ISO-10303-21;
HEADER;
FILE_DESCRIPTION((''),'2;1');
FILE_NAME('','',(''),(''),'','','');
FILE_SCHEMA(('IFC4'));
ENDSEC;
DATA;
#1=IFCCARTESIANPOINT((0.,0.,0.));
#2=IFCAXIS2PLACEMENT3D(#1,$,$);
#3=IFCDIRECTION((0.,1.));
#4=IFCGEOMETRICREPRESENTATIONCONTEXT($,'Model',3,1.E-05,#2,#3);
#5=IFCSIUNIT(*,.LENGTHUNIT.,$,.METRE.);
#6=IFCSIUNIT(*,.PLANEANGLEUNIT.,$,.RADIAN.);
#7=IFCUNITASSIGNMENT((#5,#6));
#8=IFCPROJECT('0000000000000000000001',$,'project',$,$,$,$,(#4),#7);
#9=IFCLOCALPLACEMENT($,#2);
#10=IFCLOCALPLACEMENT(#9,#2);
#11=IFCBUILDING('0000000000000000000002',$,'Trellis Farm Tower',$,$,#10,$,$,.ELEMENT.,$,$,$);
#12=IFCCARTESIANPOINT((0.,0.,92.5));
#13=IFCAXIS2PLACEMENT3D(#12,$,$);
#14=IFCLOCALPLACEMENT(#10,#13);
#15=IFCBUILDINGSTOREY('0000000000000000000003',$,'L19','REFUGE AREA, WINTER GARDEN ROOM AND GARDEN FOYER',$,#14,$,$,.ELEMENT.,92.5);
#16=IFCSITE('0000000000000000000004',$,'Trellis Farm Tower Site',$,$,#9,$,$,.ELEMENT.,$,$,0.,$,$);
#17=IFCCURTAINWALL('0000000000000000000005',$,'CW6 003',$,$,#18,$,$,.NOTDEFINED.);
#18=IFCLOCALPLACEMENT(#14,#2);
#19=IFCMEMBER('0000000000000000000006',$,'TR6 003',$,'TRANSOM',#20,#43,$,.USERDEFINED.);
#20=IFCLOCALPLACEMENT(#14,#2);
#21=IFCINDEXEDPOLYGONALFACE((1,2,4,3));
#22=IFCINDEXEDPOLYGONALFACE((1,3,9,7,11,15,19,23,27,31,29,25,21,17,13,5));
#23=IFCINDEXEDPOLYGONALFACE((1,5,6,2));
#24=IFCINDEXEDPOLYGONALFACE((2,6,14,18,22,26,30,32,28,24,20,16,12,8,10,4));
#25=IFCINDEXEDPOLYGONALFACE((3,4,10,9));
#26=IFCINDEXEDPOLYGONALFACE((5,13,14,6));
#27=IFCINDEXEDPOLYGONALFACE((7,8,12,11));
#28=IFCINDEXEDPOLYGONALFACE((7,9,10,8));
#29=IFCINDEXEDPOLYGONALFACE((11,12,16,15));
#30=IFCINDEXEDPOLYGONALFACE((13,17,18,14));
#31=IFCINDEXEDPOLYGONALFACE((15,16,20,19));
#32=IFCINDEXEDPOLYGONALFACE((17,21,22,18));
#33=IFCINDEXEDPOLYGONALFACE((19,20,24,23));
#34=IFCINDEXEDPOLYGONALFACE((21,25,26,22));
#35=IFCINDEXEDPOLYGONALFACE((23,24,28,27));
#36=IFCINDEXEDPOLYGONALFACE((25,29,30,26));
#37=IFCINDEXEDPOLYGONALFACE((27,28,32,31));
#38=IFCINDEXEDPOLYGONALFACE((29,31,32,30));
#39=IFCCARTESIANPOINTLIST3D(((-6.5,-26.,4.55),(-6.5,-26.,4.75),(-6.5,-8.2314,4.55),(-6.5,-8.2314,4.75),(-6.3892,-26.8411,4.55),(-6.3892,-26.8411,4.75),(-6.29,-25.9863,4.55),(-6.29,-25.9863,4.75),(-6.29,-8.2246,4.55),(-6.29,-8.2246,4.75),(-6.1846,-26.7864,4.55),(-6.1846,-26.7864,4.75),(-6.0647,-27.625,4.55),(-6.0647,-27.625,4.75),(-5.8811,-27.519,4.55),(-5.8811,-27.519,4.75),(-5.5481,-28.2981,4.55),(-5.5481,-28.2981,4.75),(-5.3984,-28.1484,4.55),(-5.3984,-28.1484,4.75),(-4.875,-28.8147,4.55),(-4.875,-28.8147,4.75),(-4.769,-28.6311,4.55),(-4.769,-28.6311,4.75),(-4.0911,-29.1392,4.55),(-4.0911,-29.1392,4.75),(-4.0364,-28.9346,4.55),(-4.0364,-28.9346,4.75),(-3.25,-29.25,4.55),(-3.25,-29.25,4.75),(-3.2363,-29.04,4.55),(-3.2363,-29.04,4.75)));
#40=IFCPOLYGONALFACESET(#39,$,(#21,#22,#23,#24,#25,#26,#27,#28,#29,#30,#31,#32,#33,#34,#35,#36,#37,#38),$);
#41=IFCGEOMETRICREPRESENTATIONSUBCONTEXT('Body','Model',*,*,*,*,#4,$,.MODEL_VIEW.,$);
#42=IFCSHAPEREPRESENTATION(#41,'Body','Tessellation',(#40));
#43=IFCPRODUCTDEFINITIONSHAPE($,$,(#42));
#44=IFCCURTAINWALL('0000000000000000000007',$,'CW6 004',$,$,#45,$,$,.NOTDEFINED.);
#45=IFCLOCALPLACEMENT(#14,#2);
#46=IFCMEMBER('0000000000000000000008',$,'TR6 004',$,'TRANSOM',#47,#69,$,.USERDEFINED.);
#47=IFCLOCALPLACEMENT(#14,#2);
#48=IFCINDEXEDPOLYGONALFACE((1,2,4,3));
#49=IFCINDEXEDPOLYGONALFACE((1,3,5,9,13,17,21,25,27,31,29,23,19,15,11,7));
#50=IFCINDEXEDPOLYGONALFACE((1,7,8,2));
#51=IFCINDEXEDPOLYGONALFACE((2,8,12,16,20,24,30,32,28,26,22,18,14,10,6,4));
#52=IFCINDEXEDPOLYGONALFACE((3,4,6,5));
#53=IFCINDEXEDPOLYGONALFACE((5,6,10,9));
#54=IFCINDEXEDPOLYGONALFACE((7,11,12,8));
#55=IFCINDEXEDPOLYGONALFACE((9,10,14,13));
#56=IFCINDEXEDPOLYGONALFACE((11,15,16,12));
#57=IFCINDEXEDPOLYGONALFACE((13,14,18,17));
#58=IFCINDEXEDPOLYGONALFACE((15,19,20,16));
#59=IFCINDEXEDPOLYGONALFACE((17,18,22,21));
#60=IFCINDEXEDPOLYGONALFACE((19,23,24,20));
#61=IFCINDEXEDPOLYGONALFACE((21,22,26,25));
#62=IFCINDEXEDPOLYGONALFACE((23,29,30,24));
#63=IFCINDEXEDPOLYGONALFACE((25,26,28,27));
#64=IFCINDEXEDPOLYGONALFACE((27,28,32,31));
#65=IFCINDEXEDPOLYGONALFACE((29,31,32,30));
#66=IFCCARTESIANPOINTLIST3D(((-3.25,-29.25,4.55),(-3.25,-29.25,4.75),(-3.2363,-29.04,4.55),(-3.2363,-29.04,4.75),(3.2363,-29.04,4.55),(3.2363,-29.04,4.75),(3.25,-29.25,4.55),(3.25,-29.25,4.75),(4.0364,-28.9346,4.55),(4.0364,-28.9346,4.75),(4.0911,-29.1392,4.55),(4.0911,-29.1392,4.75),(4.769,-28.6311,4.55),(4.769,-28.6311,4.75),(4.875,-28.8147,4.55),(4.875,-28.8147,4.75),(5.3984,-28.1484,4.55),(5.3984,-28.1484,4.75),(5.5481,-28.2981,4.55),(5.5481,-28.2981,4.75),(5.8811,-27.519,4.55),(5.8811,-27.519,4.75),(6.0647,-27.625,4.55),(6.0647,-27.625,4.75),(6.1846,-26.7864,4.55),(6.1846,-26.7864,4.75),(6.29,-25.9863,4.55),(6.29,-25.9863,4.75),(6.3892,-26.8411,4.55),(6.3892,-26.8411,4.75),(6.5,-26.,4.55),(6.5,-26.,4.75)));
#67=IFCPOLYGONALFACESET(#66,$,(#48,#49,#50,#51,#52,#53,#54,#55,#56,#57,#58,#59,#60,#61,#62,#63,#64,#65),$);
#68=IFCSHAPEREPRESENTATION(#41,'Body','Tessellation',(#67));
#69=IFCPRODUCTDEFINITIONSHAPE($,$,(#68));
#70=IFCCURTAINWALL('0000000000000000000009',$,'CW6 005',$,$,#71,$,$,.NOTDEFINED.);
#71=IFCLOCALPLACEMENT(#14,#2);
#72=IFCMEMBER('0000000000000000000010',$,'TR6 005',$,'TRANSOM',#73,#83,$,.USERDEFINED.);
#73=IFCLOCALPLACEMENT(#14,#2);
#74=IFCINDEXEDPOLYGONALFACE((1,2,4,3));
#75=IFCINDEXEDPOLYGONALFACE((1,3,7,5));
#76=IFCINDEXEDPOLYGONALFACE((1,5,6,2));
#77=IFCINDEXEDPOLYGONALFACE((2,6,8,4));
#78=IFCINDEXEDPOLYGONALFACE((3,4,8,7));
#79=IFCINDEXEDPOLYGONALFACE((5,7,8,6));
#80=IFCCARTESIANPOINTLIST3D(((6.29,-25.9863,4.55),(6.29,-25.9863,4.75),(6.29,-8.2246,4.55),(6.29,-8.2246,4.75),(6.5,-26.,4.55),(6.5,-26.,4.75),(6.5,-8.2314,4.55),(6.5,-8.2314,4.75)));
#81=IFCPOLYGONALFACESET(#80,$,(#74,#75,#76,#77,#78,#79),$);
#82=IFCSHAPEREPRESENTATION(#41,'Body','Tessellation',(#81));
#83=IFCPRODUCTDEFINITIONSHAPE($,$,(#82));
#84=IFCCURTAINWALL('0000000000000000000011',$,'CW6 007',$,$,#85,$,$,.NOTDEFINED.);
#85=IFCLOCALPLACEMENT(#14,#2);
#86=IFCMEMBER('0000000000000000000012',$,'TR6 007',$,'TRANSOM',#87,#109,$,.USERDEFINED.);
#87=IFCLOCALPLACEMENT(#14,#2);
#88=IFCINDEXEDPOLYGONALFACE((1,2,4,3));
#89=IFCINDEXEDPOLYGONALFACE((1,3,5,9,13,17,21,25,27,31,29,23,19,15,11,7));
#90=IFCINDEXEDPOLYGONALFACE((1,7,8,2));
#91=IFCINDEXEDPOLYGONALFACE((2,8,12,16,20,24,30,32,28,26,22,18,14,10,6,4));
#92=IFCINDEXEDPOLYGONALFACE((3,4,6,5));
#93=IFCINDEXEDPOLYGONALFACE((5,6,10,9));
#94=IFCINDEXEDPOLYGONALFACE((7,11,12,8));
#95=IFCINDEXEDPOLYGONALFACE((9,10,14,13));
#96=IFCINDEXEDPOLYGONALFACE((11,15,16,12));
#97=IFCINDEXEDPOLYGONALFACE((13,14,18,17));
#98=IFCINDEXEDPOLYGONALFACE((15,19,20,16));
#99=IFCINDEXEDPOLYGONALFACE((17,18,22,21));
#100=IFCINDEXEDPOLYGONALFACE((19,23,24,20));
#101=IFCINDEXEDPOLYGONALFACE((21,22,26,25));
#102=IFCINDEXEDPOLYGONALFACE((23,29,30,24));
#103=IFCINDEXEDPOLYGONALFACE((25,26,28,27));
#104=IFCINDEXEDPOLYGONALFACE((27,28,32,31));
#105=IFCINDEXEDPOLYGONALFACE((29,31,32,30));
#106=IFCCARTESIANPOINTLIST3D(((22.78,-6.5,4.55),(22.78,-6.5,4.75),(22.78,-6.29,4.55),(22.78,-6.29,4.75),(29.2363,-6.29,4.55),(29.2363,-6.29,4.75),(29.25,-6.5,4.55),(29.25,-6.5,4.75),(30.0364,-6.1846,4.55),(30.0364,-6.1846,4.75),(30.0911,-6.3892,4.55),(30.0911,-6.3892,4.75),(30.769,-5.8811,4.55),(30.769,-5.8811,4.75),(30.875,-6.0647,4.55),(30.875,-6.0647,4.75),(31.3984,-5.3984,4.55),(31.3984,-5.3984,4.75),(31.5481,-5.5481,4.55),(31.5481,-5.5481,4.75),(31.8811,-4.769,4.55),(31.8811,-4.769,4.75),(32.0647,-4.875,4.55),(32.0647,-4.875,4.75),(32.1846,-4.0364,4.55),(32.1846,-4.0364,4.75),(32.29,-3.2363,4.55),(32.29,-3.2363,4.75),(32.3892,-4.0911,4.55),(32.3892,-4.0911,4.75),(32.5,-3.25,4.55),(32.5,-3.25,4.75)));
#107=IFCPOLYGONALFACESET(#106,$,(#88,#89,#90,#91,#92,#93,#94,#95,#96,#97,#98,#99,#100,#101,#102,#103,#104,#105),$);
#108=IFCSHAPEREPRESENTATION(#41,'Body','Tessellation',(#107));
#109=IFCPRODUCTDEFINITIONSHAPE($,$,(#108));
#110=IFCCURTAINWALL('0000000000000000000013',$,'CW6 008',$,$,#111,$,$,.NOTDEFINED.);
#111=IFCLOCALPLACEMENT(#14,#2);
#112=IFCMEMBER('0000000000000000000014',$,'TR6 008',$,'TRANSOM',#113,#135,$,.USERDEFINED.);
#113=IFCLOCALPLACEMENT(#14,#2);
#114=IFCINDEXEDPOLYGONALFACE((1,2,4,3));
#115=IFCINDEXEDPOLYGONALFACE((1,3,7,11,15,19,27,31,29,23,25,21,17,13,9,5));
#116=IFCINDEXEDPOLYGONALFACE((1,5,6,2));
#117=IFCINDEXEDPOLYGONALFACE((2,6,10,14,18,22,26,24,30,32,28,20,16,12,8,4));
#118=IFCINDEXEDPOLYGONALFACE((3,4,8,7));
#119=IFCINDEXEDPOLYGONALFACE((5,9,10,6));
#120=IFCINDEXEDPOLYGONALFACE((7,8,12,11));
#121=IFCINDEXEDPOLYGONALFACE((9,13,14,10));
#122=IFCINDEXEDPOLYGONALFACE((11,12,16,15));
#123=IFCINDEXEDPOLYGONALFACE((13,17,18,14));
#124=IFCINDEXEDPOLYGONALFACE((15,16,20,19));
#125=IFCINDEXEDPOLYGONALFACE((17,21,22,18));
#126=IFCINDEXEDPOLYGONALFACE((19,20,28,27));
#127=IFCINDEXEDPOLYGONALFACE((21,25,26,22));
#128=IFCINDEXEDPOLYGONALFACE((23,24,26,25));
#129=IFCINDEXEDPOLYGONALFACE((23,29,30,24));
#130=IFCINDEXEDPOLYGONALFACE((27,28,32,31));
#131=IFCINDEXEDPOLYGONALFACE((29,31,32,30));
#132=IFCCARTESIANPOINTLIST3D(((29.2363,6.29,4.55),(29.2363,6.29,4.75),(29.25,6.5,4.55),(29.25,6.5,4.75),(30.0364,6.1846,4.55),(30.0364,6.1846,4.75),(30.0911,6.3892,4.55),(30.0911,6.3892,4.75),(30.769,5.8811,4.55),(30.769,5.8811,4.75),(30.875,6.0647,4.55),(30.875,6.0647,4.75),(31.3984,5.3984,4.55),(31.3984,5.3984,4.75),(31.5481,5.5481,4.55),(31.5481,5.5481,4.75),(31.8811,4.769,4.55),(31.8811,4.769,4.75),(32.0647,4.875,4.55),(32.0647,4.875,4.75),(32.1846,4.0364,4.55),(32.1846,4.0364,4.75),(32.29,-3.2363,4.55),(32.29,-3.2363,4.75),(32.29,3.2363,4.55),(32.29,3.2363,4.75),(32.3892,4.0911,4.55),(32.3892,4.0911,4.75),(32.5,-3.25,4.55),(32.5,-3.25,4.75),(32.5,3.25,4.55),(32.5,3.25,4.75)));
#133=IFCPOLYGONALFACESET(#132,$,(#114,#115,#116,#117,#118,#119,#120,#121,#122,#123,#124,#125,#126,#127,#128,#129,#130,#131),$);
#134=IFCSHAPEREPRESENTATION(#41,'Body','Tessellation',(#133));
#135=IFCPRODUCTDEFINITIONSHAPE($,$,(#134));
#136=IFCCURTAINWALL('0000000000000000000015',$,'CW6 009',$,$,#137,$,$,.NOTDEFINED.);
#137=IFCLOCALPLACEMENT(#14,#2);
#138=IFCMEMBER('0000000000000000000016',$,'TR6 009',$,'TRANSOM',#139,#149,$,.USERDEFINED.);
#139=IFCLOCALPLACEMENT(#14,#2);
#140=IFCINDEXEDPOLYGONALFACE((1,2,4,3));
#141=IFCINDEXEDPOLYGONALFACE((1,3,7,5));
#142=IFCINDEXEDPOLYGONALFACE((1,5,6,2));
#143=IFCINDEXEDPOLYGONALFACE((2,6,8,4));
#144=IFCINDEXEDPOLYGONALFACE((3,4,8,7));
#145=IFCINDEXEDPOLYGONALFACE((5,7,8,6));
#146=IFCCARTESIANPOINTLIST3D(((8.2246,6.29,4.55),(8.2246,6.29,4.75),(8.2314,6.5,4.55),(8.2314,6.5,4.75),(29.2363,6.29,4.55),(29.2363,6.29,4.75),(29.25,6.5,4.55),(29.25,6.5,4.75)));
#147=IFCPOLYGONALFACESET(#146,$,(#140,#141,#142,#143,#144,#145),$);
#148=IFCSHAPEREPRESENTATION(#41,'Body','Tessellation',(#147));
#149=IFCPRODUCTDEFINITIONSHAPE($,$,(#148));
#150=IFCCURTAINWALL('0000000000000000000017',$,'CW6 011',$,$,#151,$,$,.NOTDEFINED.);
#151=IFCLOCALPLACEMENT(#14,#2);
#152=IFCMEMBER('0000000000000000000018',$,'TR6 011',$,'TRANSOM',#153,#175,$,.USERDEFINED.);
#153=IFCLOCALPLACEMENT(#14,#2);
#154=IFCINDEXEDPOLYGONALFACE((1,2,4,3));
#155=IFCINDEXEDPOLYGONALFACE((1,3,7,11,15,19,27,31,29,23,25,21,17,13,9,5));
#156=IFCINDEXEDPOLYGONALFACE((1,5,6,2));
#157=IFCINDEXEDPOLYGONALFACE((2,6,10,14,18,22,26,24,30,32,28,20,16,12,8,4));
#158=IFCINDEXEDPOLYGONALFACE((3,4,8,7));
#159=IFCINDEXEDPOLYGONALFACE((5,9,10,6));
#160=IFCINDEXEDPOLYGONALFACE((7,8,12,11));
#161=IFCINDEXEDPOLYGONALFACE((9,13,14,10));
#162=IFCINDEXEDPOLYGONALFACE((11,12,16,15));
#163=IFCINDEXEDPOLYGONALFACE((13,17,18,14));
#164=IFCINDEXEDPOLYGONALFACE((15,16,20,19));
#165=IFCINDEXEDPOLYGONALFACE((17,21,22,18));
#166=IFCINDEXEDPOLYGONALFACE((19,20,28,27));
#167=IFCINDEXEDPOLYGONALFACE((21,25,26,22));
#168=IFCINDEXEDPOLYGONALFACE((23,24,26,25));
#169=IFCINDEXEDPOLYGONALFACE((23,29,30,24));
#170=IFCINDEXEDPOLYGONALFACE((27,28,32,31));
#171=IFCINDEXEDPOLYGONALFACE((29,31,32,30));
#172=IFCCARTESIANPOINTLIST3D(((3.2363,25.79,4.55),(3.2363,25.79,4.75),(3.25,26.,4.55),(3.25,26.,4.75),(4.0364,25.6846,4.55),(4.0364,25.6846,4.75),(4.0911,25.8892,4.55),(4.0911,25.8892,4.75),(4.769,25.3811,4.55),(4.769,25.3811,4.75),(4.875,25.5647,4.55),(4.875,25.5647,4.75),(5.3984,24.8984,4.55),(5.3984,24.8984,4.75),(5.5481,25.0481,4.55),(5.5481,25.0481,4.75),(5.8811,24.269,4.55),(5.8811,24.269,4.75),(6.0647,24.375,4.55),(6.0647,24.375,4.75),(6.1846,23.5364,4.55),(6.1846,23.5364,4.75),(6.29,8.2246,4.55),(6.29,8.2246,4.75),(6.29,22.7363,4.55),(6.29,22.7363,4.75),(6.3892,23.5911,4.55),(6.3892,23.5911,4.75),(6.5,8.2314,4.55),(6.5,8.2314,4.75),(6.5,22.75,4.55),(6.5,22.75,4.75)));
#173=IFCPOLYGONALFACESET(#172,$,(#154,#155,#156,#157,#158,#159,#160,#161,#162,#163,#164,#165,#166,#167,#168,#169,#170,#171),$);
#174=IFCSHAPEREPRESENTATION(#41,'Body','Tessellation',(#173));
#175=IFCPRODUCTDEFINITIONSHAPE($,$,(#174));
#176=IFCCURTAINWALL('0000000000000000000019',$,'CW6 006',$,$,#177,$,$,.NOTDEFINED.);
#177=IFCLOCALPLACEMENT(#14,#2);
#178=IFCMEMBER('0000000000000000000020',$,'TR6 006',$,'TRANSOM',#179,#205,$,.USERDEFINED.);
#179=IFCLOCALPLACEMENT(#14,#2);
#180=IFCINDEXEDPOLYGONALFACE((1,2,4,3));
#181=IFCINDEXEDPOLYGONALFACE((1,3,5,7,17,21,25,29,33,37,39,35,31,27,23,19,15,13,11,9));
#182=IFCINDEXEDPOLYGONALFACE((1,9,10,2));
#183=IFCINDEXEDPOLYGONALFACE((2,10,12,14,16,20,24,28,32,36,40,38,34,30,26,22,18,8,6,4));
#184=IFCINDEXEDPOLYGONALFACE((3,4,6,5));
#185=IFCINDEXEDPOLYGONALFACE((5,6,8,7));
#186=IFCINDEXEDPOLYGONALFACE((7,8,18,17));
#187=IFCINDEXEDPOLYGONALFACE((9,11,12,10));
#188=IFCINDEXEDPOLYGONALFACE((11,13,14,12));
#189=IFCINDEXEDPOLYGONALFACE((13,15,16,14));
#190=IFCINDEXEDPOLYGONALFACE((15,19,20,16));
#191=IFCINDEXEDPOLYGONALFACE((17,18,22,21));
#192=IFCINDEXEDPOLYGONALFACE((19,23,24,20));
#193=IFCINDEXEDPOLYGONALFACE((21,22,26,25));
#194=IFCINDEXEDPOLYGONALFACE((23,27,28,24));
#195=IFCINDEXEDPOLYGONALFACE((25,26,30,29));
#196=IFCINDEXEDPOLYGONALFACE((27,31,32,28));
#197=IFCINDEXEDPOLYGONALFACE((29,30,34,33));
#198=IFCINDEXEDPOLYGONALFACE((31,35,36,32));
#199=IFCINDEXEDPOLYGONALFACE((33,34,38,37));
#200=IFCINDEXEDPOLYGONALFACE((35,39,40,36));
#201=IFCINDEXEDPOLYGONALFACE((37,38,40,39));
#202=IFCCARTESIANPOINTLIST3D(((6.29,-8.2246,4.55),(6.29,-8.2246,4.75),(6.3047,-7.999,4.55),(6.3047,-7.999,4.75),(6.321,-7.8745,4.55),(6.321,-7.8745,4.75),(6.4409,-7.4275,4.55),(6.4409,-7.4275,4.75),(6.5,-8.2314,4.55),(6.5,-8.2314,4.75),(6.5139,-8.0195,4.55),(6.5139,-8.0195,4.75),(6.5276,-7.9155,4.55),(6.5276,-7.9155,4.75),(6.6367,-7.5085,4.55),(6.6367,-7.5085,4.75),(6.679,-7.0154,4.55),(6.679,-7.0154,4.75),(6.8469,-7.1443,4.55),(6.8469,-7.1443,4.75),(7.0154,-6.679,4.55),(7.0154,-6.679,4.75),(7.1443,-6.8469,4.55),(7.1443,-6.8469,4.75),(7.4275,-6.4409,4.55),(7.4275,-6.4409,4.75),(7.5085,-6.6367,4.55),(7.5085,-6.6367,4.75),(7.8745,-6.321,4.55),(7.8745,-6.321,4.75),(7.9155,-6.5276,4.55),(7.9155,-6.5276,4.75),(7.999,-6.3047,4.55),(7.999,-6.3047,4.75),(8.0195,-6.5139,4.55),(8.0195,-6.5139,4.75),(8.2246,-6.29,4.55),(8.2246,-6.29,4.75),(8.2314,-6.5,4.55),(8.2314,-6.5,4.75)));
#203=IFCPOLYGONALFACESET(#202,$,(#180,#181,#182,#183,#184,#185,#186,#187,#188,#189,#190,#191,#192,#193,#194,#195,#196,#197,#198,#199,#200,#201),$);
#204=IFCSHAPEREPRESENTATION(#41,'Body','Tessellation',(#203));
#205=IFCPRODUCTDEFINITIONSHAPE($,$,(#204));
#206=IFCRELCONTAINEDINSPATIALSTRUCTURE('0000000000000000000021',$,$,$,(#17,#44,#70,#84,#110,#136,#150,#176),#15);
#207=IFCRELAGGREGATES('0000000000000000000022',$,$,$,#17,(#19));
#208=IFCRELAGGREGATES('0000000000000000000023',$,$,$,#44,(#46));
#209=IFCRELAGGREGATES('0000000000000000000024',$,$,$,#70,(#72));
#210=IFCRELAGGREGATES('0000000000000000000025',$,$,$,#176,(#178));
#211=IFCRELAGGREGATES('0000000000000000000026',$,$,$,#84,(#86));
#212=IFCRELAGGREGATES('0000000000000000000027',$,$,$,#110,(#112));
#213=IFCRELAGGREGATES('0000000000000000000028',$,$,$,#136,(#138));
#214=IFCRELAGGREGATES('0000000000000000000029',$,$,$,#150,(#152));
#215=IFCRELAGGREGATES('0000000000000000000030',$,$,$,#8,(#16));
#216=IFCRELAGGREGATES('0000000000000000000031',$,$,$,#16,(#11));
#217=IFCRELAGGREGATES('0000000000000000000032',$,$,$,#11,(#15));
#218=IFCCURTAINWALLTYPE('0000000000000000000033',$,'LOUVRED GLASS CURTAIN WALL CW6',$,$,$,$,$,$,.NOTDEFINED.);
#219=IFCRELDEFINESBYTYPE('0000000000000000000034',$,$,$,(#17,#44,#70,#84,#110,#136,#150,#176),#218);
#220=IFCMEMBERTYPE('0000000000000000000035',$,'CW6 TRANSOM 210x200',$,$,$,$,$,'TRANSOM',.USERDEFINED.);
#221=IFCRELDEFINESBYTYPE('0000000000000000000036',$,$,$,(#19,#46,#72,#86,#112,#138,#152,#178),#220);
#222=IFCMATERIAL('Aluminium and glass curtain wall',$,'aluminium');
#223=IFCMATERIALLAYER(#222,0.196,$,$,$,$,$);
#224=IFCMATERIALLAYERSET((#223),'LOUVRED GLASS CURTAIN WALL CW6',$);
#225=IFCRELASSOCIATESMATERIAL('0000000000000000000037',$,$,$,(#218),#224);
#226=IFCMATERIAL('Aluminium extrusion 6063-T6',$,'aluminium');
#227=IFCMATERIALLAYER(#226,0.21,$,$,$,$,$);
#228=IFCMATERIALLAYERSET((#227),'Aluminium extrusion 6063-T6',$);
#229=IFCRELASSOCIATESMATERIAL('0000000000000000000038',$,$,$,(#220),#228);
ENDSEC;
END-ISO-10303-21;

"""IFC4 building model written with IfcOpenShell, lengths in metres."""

from ifc_helpers import new_model, si_unit, direction, frame, origin, place, context, subcontext, project, spatial, polyline, outline, extrude, source, transform, mapped, material, layer, layer_set, type_object, element, aggregate, save


model = new_model("IFC4")

# Units and contexts
model_context = context("Model", 3, precision=1e-05, world=origin(), true_north=direction((0.0, 1.0)))
body_context = subcontext(model_context, "Body", "Model", "MODEL_VIEW")
ifc_project = project(units=[si_unit("LENGTHUNIT", "METRE"), si_unit("PLANEANGLEUNIT", "RADIAN")], contexts=[model_context])

# Site, building, storey
site_placement = place(None, origin())
site = spatial("IfcSite", under=ifc_project, at=site_placement, Name="Trellis Farm Tower Site", CompositionType="ELEMENT", RefElevation=0.0)
building_placement = place(site_placement, origin())
building = spatial("IfcBuilding", under=site, at=building_placement, Name="Trellis Farm Tower", CompositionType="ELEMENT")
storey_placement = place(building_placement, frame((0.0, 0.0, 92.5)))
storey = spatial("IfcBuildingStorey", under=building, at=storey_placement, Name="L19", Description="REFUGE AREA, WINTER GARDEN ROOM AND GARDEN FOYER", CompositionType="ELEMENT", Elevation=92.5)

# Curtain walls, members
ifc_material_1 = material(Name="Aluminium and glass curtain wall", Category="aluminium")
ifc_layer_1 = layer(ifc_material_1, 0.196)
ifc_layer_set_1 = layer_set([ifc_layer_1], Name="LOUVRED GLASS CURTAIN WALL CW6")
curtain_wall_type = type_object("IfcCurtainWallType", Name="LOUVRED GLASS CURTAIN WALL CW6", PredefinedType="NOTDEFINED", material=ifc_layer_set_1)
placement_1 = place(storey_placement, origin())
curtain_wall_1 = element("IfcCurtainWall", 1, at=placement_1, inside=storey, type_object=curtain_wall_type, Name="CW6 003", PredefinedType="NOTDEFINED")
ifc_material_2 = material(Name="Aluminium extrusion 6063-T6", Category="aluminium")
ifc_layer_2 = layer(ifc_material_2, 0.21)
ifc_layer_set_2 = layer_set([ifc_layer_2], Name="Aluminium extrusion 6063-T6")
member_type = type_object("IfcMemberType", Name="CW6 TRANSOM 210x200", ElementType="TRANSOM", PredefinedType="USERDEFINED", material=ifc_layer_set_2)
placement_2 = place(storey_placement, frame((0.0, 0.0, 4.55)))
member_1 = element("IfcMember", 2, at=placement_2, type_object=member_type, Name="TR6 003", ObjectType="TRANSOM", PredefinedType="USERDEFINED", context=body_context, shape_type="SweptSolid", body=[
    extrude(outline(polyline([(-6.5, -8.2314), (-6.5, -26.0), (-6.3892, -26.8411), (-6.0647, -27.625), (-5.5481, -28.2981), (-4.875, -28.8147), (-4.0911, -29.1392), (-3.25, -29.25), (-3.2363, -29.04), (-4.0364, -28.9346), (-4.769, -28.6311), (-5.3984, -28.1484), (-5.8811, -27.519), (-6.1846, -26.7864), (-6.29, -25.9863), (-6.29, -8.2246), (-6.5, -8.2314)])), origin(), (0.0, 0.0, 1.0), 0.2),
])
curtain_wall_2 = element("IfcCurtainWall", 3, at=placement_1, inside=storey, type_object=curtain_wall_type, Name="CW6 004", PredefinedType="NOTDEFINED")
member_2 = element("IfcMember", 4, at=placement_2, type_object=member_type, Name="TR6 004", ObjectType="TRANSOM", PredefinedType="USERDEFINED", context=body_context, shape_type="SweptSolid", body=[
    extrude(outline(polyline([(-3.25, -29.25), (3.25, -29.25), (4.0911, -29.1392), (4.875, -28.8147), (5.5481, -28.2981), (6.0647, -27.625), (6.3892, -26.8411), (6.5, -26.0), (6.29, -25.9863), (6.1846, -26.7864), (5.8811, -27.519), (5.3984, -28.1484), (4.769, -28.6311), (4.0364, -28.9346), (3.2363, -29.04), (-3.2363, -29.04), (-3.25, -29.25)])), origin(), (0.0, 0.0, 1.0), 0.2),
])
curtain_wall_3 = element("IfcCurtainWall", 5, at=placement_1, inside=storey, type_object=curtain_wall_type, Name="CW6 005", PredefinedType="NOTDEFINED")
member_3 = element("IfcMember", 6, at=placement_2, type_object=member_type, Name="TR6 005", ObjectType="TRANSOM", PredefinedType="USERDEFINED", context=body_context, shape_type="SweptSolid", body=[
    extrude(outline(polyline([(6.5, -26.0), (6.5, -8.2314), (6.29, -8.2246), (6.29, -25.9863), (6.5, -26.0)])), origin(), (0.0, 0.0, 1.0), 0.2),
])
curtain_wall_4 = element("IfcCurtainWall", 7, at=placement_1, inside=storey, type_object=curtain_wall_type, Name="CW6 007", PredefinedType="NOTDEFINED")
member_4 = element("IfcMember", 8, at=placement_2, type_object=member_type, Name="TR6 007", ObjectType="TRANSOM", PredefinedType="USERDEFINED", context=body_context, shape_type="SweptSolid", body=[
    extrude(outline(polyline([(22.78, -6.5), (29.25, -6.5), (30.0911, -6.3892), (30.875, -6.0647), (31.5481, -5.5481), (32.0647, -4.875), (32.3892, -4.0911), (32.5, -3.25), (32.29, -3.2363), (32.1846, -4.0364), (31.8811, -4.769), (31.3984, -5.3984), (30.769, -5.8811), (30.0364, -6.1846), (29.2363, -6.29), (22.78, -6.29), (22.78, -6.5)])), origin(), (0.0, 0.0, 1.0), 0.2),
])
curtain_wall_5 = element("IfcCurtainWall", 9, at=placement_1, inside=storey, type_object=curtain_wall_type, Name="CW6 008", PredefinedType="NOTDEFINED")
member_5 = element("IfcMember", 10, at=placement_2, type_object=member_type, Name="TR6 008", ObjectType="TRANSOM", PredefinedType="USERDEFINED", context=body_context, shape_type="SweptSolid", body=[
    extrude(outline(polyline([(32.5, -3.25), (32.5, 3.25), (32.3892, 4.0911), (32.0647, 4.875), (31.5481, 5.5481), (30.875, 6.0647), (30.0911, 6.3892), (29.25, 6.5), (29.2363, 6.29), (30.0364, 6.1846), (30.769, 5.8811), (31.3984, 5.3984), (31.8811, 4.769), (32.1846, 4.0364), (32.29, 3.2363), (32.29, -3.2363), (32.5, -3.25)])), origin(), (0.0, 0.0, 1.0), 0.2),
])
curtain_wall_6 = element("IfcCurtainWall", 11, at=placement_1, inside=storey, type_object=curtain_wall_type, Name="CW6 009", PredefinedType="NOTDEFINED")
member_6 = element("IfcMember", 12, at=placement_2, type_object=member_type, Name="TR6 009", ObjectType="TRANSOM", PredefinedType="USERDEFINED", context=body_context, shape_type="SweptSolid", body=[
    extrude(outline(polyline([(29.25, 6.5), (8.2314, 6.5), (8.2246, 6.29), (29.2363, 6.29), (29.25, 6.5)])), origin(), (0.0, 0.0, 1.0), 0.2),
])
curtain_wall_7 = element("IfcCurtainWall", 13, at=placement_1, inside=storey, type_object=curtain_wall_type, Name="CW6 011", PredefinedType="NOTDEFINED")
member_7 = element("IfcMember", 14, at=placement_2, type_object=member_type, Name="TR6 011", ObjectType="TRANSOM", PredefinedType="USERDEFINED", context=body_context, shape_type="SweptSolid", body=[
    extrude(outline(polyline([(6.5, 8.2314), (6.5, 22.75), (6.3892, 23.5911), (6.0647, 24.375), (5.5481, 25.0481), (4.875, 25.5647), (4.0911, 25.8892), (3.25, 26.0), (3.2363, 25.79), (4.0364, 25.6846), (4.769, 25.3811), (5.3984, 24.8984), (5.8811, 24.269), (6.1846, 23.5364), (6.29, 22.7363), (6.29, 8.2246), (6.5, 8.2314)])), origin(), (0.0, 0.0, 1.0), 0.2),
])
curtain_wall_8 = element("IfcCurtainWall", 15, at=placement_1, inside=storey, type_object=curtain_wall_type, Name="CW6 006", PredefinedType="NOTDEFINED")
shared_shape_1 = source(origin(), body_context, "Body", "SweptSolid", [
    extrude(outline(polyline([(6.5, -8.2314), (6.5139, -8.0195), (6.5276, -7.9155), (6.6367, -7.5085), (6.8469, -7.1443), (7.1443, -6.8469), (7.5085, -6.6367), (7.9155, -6.5276), (8.0195, -6.5139), (8.2314, -6.5), (8.2246, -6.29), (7.999, -6.3047), (7.8745, -6.321), (7.4275, -6.4409), (7.0154, -6.679), (6.679, -7.0154), (6.4409, -7.4275), (6.321, -7.8745), (6.3047, -7.999), (6.29, -8.2246), (6.5, -8.2314)])), origin(), (0.0, 0.0, 1.0), 0.2),
])
member_8 = element("IfcMember", 16, at=placement_2, type_object=member_type, Name="TR6 006", ObjectType="TRANSOM", PredefinedType="USERDEFINED", context=body_context, shape_type="MappedRepresentation", body=[
    mapped(shared_shape_1, transform((0.0, 0.0, 0.0))),
])

aggregate(curtain_wall_1, [member_1])
aggregate(curtain_wall_2, [member_2])
aggregate(curtain_wall_3, [member_3])
aggregate(curtain_wall_8, [member_8])
aggregate(curtain_wall_4, [member_4])
aggregate(curtain_wall_5, [member_5])
aggregate(curtain_wall_6, [member_6])
aggregate(curtain_wall_7, [member_7])

save(model, "model.ifc")
